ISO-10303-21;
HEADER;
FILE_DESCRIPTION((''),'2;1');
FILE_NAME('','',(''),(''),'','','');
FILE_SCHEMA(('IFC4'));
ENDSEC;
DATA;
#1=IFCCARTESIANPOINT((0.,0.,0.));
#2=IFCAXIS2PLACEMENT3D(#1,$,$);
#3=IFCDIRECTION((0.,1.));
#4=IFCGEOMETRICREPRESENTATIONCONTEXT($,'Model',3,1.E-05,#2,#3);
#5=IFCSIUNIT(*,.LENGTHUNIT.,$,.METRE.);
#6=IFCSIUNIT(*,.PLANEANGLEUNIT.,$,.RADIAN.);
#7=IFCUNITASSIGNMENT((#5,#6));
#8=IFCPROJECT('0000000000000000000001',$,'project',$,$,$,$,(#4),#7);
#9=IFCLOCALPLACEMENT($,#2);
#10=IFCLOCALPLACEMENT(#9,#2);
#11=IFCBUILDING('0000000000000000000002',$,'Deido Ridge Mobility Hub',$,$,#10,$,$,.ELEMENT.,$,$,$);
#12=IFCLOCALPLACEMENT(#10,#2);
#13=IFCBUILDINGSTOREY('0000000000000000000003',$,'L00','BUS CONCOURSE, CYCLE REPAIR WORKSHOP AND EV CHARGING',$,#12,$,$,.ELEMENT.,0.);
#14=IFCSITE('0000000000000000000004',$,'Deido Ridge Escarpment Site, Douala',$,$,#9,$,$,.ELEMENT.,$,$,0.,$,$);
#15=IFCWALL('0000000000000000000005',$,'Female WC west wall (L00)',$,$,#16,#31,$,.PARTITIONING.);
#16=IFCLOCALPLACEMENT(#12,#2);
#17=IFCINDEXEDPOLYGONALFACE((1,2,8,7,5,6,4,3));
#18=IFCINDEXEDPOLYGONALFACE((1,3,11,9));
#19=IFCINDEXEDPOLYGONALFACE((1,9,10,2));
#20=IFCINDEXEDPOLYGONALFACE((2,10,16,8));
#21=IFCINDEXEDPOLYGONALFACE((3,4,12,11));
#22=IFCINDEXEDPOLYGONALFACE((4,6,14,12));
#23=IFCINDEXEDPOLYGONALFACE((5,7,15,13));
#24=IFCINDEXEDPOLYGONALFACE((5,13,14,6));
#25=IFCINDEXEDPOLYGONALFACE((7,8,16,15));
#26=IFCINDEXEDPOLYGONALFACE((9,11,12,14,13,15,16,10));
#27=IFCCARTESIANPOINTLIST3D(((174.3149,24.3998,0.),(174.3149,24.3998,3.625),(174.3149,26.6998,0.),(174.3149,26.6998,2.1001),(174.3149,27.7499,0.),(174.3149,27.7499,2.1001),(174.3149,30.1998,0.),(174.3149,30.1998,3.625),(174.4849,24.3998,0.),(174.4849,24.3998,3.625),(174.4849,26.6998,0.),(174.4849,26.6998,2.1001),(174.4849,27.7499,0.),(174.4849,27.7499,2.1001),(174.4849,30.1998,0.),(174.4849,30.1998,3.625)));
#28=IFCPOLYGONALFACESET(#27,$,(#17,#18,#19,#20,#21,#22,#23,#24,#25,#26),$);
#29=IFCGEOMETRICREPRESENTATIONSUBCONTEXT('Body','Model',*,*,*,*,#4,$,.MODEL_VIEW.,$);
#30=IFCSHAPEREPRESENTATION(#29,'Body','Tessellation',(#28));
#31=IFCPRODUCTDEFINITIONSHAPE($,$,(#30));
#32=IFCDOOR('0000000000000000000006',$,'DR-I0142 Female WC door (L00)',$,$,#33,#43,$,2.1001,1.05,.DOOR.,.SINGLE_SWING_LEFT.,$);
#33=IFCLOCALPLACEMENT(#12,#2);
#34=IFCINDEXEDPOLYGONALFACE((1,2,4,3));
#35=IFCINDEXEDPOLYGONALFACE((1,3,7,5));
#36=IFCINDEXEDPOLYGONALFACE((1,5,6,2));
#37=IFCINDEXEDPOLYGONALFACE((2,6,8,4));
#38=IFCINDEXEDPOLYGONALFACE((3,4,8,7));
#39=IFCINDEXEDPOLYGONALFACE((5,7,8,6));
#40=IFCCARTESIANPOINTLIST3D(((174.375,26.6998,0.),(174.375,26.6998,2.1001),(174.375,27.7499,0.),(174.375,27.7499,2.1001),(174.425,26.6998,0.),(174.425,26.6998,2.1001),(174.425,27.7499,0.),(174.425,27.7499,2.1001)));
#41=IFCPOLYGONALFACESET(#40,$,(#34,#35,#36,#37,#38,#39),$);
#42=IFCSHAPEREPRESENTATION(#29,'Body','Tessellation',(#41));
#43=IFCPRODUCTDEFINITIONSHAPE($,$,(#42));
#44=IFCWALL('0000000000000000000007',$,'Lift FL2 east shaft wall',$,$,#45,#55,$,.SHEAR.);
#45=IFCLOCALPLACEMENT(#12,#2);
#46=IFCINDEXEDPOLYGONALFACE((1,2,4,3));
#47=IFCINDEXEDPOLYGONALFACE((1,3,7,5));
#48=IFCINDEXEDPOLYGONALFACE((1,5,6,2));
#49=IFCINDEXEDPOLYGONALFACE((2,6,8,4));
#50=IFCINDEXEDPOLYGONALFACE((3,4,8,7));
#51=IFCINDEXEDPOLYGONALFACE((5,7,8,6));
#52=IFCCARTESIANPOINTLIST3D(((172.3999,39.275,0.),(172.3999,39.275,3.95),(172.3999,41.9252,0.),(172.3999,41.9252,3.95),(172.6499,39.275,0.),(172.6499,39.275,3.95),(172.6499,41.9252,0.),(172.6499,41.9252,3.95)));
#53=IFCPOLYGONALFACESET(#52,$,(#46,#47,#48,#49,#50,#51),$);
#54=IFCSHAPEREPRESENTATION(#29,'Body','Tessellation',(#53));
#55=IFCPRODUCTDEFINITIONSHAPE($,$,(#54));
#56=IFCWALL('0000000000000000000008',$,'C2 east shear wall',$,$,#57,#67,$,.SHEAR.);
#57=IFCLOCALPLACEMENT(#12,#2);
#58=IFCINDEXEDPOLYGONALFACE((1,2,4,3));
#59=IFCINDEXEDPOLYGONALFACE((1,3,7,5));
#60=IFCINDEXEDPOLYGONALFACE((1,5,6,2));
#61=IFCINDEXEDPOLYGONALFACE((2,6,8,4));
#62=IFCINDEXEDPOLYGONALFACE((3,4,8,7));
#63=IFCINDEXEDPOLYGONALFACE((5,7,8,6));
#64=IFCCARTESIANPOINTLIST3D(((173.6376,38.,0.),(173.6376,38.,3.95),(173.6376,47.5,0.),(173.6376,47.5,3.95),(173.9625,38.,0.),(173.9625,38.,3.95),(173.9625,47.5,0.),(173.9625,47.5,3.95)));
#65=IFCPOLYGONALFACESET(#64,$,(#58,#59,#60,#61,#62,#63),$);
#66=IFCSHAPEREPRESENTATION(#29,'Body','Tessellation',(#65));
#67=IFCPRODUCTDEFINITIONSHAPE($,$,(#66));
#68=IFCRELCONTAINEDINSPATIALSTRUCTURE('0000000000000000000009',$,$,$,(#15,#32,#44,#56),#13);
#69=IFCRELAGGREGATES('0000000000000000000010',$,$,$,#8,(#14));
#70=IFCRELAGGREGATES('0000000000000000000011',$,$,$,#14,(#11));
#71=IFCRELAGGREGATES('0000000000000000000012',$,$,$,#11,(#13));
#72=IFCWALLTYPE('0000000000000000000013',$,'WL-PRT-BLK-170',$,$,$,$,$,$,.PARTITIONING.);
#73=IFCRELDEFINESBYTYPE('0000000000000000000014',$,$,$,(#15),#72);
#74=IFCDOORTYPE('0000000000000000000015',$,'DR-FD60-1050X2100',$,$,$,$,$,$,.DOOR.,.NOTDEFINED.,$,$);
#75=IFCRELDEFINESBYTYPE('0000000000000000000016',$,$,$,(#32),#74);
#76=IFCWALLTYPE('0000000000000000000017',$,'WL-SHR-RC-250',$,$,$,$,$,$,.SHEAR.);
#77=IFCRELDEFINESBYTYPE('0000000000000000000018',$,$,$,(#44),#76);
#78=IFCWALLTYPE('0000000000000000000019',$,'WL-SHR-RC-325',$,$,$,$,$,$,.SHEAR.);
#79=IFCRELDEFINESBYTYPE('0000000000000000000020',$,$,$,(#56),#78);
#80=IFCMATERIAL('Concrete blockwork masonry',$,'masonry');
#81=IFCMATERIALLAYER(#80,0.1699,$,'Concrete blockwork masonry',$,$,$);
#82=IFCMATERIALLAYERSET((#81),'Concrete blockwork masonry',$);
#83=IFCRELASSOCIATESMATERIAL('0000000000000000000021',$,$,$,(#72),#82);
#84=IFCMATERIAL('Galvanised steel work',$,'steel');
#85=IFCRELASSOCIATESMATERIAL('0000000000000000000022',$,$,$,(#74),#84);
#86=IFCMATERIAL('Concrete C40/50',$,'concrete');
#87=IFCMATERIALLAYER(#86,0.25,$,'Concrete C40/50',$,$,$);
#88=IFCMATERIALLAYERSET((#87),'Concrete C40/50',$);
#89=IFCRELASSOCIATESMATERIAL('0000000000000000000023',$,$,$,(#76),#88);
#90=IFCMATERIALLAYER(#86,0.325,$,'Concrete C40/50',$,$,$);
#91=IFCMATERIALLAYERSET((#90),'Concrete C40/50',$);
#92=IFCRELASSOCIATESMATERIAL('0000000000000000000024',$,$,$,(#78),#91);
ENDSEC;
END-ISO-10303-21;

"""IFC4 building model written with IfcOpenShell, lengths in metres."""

from ifc_helpers import new_model, si_unit, direction, frame, frame_2d, origin, place, context, subcontext, project, spatial, rectangle, extrude, material, layer, layer_set, type_object, element, fill, save


model = new_model("IFC4")

# Units and contexts
model_context = context("Model", 3, precision=1e-05, world=origin(), true_north=direction((0.0, 1.0)))
body_context = subcontext(model_context, "Body", "Model", "MODEL_VIEW")
ifc_project = project(units=[si_unit("LENGTHUNIT", "METRE"), si_unit("PLANEANGLEUNIT", "RADIAN")], contexts=[model_context])

# Site, building, storey
site_placement = place(None, origin())
site = spatial("IfcSite", under=ifc_project, at=site_placement, Name="Deido Ridge Escarpment Site, Douala", CompositionType="ELEMENT", RefElevation=0.0)
building_placement = place(site_placement, origin())
building = spatial("IfcBuilding", under=site, at=building_placement, Name="Deido Ridge Mobility Hub", CompositionType="ELEMENT")
storey_placement = place(building_placement, origin())
storey = spatial("IfcBuildingStorey", under=building, at=storey_placement, Name="L00", Description="BUS CONCOURSE, CYCLE REPAIR WORKSHOP AND EV CHARGING", CompositionType="ELEMENT", Elevation=0.0)

# Shared definitions
ifc_material_1 = material(Name="Concrete blockwork masonry", Category="masonry")

# Wall, opening, door
ifc_layer_1 = layer(ifc_material_1, 0.1699, Name="Concrete blockwork masonry")
ifc_layer_set_1 = layer_set([ifc_layer_1], Name="Concrete blockwork masonry")
wall_type_1 = type_object("IfcWallType", Name="WL-PRT-BLK-170", PredefinedType="PARTITIONING", material=ifc_layer_set_1)
wall_1_placement = place(storey_placement, frame((174.3999, 24.3999, 0.0), z_axis=(0.0, 0.0, 1.0), x_axis=(0.0, 1.0, 0.0)))
wall_1 = element("IfcWall", 1, at=wall_1_placement, inside=storey, type_object=wall_type_1, Name="Female WC west wall (L00)", PredefinedType="PARTITIONING", context=body_context, shape_type="SweptSolid", body=[
    extrude(rectangle(XDim=5.8, YDim=0.1699, at=frame_2d((2.8999, 0.0))), origin(), (0.0, 0.0, 1.0), 3.625),
])
opening_1_placement = place(wall_1_placement, frame((2.3, 0.0, 0.0)))
opening_1 = element("IfcOpeningElement", 2, at=opening_1_placement, cuts=wall_1, PredefinedType="OPENING", context=body_context, shape_type="SweptSolid", body=[
    extrude(rectangle(XDim=1.05, YDim=2.1001, at=frame_2d((0.5249, 1.05))), frame((0.0, 0.095, 0.0), z_axis=(0.0, -1.0, 0.0), x_axis=(1.0, 0.0, 0.0)), (0.0, 0.0, 1.0), 0.1899),
])
ifc_material_2 = material(Name="Galvanised steel work", Category="steel")
door_type_1 = type_object("IfcDoorType", Name="DR-FD60-1050X2100", OperationType="NOTDEFINED", PredefinedType="DOOR", material=ifc_material_2)
door_1_placement = place(opening_1_placement, origin())
door_1 = element("IfcDoor", 3, at=door_1_placement, inside=storey, type_object=door_type_1, Name="DR-I0142 Female WC door (L00)", OperationType="SINGLE_SWING_LEFT", OverallHeight=2.1001, OverallWidth=1.05, PredefinedType="DOOR", context=body_context, shape_type="SweptSolid", body=[
    extrude(rectangle(XDim=1.05, YDim=2.1001, at=frame_2d((0.5249, 1.05))), frame((0.0, 0.0249, 0.0), z_axis=(0.0, -1.0, 0.0), x_axis=(1.0, 0.0, 0.0)), (0.0, 0.0, 1.0), 0.05),
])
fill(opening_1, door_1)

# Walls
ifc_material_3 = material(Name="Concrete C40/50", Category="concrete")
ifc_layer_2 = layer(ifc_material_3, 0.25, Name="Concrete C40/50")
ifc_layer_set_2 = layer_set([ifc_layer_2], Name="Concrete C40/50")
wall_type_2 = type_object("IfcWallType", Name="WL-SHR-RC-250", PredefinedType="SHEAR", material=ifc_layer_set_2)
wall_2_placement = place(storey_placement, frame((172.5249, 39.2749, 0.0), z_axis=(0.0, 0.0, 1.0), x_axis=(0.0, 1.0, 0.0)))
element("IfcWall", 4, at=wall_2_placement, inside=storey, type_object=wall_type_2, Name="Lift FL2 east shaft wall", PredefinedType="SHEAR", context=body_context, shape_type="SweptSolid", body=[
    extrude(rectangle(XDim=2.6501, YDim=0.25, at=frame_2d((1.3252, 0.0))), origin(), (0.0, 0.0, 1.0), 3.95),
])
ifc_layer_3 = layer(ifc_material_3, 0.325, Name="Concrete C40/50")
ifc_layer_set_3 = layer_set([ifc_layer_3], Name="Concrete C40/50")
wall_type_3 = type_object("IfcWallType", Name="WL-SHR-RC-325", PredefinedType="SHEAR", material=ifc_layer_set_3)
wall_3_placement = place(storey_placement, frame((173.8, 38.0, 0.0), z_axis=(0.0, 0.0, 1.0), x_axis=(0.0, 1.0, 0.0)))
element("IfcWall", 5, at=wall_3_placement, inside=storey, type_object=wall_type_3, Name="C2 east shear wall", PredefinedType="SHEAR", context=body_context, shape_type="SweptSolid", body=[
    extrude(rectangle(XDim=9.5, YDim=0.325, at=frame_2d((4.75, 0.0))), origin(), (0.0, 0.0, 1.0), 3.95),
])

save(model, "model.ifc")
